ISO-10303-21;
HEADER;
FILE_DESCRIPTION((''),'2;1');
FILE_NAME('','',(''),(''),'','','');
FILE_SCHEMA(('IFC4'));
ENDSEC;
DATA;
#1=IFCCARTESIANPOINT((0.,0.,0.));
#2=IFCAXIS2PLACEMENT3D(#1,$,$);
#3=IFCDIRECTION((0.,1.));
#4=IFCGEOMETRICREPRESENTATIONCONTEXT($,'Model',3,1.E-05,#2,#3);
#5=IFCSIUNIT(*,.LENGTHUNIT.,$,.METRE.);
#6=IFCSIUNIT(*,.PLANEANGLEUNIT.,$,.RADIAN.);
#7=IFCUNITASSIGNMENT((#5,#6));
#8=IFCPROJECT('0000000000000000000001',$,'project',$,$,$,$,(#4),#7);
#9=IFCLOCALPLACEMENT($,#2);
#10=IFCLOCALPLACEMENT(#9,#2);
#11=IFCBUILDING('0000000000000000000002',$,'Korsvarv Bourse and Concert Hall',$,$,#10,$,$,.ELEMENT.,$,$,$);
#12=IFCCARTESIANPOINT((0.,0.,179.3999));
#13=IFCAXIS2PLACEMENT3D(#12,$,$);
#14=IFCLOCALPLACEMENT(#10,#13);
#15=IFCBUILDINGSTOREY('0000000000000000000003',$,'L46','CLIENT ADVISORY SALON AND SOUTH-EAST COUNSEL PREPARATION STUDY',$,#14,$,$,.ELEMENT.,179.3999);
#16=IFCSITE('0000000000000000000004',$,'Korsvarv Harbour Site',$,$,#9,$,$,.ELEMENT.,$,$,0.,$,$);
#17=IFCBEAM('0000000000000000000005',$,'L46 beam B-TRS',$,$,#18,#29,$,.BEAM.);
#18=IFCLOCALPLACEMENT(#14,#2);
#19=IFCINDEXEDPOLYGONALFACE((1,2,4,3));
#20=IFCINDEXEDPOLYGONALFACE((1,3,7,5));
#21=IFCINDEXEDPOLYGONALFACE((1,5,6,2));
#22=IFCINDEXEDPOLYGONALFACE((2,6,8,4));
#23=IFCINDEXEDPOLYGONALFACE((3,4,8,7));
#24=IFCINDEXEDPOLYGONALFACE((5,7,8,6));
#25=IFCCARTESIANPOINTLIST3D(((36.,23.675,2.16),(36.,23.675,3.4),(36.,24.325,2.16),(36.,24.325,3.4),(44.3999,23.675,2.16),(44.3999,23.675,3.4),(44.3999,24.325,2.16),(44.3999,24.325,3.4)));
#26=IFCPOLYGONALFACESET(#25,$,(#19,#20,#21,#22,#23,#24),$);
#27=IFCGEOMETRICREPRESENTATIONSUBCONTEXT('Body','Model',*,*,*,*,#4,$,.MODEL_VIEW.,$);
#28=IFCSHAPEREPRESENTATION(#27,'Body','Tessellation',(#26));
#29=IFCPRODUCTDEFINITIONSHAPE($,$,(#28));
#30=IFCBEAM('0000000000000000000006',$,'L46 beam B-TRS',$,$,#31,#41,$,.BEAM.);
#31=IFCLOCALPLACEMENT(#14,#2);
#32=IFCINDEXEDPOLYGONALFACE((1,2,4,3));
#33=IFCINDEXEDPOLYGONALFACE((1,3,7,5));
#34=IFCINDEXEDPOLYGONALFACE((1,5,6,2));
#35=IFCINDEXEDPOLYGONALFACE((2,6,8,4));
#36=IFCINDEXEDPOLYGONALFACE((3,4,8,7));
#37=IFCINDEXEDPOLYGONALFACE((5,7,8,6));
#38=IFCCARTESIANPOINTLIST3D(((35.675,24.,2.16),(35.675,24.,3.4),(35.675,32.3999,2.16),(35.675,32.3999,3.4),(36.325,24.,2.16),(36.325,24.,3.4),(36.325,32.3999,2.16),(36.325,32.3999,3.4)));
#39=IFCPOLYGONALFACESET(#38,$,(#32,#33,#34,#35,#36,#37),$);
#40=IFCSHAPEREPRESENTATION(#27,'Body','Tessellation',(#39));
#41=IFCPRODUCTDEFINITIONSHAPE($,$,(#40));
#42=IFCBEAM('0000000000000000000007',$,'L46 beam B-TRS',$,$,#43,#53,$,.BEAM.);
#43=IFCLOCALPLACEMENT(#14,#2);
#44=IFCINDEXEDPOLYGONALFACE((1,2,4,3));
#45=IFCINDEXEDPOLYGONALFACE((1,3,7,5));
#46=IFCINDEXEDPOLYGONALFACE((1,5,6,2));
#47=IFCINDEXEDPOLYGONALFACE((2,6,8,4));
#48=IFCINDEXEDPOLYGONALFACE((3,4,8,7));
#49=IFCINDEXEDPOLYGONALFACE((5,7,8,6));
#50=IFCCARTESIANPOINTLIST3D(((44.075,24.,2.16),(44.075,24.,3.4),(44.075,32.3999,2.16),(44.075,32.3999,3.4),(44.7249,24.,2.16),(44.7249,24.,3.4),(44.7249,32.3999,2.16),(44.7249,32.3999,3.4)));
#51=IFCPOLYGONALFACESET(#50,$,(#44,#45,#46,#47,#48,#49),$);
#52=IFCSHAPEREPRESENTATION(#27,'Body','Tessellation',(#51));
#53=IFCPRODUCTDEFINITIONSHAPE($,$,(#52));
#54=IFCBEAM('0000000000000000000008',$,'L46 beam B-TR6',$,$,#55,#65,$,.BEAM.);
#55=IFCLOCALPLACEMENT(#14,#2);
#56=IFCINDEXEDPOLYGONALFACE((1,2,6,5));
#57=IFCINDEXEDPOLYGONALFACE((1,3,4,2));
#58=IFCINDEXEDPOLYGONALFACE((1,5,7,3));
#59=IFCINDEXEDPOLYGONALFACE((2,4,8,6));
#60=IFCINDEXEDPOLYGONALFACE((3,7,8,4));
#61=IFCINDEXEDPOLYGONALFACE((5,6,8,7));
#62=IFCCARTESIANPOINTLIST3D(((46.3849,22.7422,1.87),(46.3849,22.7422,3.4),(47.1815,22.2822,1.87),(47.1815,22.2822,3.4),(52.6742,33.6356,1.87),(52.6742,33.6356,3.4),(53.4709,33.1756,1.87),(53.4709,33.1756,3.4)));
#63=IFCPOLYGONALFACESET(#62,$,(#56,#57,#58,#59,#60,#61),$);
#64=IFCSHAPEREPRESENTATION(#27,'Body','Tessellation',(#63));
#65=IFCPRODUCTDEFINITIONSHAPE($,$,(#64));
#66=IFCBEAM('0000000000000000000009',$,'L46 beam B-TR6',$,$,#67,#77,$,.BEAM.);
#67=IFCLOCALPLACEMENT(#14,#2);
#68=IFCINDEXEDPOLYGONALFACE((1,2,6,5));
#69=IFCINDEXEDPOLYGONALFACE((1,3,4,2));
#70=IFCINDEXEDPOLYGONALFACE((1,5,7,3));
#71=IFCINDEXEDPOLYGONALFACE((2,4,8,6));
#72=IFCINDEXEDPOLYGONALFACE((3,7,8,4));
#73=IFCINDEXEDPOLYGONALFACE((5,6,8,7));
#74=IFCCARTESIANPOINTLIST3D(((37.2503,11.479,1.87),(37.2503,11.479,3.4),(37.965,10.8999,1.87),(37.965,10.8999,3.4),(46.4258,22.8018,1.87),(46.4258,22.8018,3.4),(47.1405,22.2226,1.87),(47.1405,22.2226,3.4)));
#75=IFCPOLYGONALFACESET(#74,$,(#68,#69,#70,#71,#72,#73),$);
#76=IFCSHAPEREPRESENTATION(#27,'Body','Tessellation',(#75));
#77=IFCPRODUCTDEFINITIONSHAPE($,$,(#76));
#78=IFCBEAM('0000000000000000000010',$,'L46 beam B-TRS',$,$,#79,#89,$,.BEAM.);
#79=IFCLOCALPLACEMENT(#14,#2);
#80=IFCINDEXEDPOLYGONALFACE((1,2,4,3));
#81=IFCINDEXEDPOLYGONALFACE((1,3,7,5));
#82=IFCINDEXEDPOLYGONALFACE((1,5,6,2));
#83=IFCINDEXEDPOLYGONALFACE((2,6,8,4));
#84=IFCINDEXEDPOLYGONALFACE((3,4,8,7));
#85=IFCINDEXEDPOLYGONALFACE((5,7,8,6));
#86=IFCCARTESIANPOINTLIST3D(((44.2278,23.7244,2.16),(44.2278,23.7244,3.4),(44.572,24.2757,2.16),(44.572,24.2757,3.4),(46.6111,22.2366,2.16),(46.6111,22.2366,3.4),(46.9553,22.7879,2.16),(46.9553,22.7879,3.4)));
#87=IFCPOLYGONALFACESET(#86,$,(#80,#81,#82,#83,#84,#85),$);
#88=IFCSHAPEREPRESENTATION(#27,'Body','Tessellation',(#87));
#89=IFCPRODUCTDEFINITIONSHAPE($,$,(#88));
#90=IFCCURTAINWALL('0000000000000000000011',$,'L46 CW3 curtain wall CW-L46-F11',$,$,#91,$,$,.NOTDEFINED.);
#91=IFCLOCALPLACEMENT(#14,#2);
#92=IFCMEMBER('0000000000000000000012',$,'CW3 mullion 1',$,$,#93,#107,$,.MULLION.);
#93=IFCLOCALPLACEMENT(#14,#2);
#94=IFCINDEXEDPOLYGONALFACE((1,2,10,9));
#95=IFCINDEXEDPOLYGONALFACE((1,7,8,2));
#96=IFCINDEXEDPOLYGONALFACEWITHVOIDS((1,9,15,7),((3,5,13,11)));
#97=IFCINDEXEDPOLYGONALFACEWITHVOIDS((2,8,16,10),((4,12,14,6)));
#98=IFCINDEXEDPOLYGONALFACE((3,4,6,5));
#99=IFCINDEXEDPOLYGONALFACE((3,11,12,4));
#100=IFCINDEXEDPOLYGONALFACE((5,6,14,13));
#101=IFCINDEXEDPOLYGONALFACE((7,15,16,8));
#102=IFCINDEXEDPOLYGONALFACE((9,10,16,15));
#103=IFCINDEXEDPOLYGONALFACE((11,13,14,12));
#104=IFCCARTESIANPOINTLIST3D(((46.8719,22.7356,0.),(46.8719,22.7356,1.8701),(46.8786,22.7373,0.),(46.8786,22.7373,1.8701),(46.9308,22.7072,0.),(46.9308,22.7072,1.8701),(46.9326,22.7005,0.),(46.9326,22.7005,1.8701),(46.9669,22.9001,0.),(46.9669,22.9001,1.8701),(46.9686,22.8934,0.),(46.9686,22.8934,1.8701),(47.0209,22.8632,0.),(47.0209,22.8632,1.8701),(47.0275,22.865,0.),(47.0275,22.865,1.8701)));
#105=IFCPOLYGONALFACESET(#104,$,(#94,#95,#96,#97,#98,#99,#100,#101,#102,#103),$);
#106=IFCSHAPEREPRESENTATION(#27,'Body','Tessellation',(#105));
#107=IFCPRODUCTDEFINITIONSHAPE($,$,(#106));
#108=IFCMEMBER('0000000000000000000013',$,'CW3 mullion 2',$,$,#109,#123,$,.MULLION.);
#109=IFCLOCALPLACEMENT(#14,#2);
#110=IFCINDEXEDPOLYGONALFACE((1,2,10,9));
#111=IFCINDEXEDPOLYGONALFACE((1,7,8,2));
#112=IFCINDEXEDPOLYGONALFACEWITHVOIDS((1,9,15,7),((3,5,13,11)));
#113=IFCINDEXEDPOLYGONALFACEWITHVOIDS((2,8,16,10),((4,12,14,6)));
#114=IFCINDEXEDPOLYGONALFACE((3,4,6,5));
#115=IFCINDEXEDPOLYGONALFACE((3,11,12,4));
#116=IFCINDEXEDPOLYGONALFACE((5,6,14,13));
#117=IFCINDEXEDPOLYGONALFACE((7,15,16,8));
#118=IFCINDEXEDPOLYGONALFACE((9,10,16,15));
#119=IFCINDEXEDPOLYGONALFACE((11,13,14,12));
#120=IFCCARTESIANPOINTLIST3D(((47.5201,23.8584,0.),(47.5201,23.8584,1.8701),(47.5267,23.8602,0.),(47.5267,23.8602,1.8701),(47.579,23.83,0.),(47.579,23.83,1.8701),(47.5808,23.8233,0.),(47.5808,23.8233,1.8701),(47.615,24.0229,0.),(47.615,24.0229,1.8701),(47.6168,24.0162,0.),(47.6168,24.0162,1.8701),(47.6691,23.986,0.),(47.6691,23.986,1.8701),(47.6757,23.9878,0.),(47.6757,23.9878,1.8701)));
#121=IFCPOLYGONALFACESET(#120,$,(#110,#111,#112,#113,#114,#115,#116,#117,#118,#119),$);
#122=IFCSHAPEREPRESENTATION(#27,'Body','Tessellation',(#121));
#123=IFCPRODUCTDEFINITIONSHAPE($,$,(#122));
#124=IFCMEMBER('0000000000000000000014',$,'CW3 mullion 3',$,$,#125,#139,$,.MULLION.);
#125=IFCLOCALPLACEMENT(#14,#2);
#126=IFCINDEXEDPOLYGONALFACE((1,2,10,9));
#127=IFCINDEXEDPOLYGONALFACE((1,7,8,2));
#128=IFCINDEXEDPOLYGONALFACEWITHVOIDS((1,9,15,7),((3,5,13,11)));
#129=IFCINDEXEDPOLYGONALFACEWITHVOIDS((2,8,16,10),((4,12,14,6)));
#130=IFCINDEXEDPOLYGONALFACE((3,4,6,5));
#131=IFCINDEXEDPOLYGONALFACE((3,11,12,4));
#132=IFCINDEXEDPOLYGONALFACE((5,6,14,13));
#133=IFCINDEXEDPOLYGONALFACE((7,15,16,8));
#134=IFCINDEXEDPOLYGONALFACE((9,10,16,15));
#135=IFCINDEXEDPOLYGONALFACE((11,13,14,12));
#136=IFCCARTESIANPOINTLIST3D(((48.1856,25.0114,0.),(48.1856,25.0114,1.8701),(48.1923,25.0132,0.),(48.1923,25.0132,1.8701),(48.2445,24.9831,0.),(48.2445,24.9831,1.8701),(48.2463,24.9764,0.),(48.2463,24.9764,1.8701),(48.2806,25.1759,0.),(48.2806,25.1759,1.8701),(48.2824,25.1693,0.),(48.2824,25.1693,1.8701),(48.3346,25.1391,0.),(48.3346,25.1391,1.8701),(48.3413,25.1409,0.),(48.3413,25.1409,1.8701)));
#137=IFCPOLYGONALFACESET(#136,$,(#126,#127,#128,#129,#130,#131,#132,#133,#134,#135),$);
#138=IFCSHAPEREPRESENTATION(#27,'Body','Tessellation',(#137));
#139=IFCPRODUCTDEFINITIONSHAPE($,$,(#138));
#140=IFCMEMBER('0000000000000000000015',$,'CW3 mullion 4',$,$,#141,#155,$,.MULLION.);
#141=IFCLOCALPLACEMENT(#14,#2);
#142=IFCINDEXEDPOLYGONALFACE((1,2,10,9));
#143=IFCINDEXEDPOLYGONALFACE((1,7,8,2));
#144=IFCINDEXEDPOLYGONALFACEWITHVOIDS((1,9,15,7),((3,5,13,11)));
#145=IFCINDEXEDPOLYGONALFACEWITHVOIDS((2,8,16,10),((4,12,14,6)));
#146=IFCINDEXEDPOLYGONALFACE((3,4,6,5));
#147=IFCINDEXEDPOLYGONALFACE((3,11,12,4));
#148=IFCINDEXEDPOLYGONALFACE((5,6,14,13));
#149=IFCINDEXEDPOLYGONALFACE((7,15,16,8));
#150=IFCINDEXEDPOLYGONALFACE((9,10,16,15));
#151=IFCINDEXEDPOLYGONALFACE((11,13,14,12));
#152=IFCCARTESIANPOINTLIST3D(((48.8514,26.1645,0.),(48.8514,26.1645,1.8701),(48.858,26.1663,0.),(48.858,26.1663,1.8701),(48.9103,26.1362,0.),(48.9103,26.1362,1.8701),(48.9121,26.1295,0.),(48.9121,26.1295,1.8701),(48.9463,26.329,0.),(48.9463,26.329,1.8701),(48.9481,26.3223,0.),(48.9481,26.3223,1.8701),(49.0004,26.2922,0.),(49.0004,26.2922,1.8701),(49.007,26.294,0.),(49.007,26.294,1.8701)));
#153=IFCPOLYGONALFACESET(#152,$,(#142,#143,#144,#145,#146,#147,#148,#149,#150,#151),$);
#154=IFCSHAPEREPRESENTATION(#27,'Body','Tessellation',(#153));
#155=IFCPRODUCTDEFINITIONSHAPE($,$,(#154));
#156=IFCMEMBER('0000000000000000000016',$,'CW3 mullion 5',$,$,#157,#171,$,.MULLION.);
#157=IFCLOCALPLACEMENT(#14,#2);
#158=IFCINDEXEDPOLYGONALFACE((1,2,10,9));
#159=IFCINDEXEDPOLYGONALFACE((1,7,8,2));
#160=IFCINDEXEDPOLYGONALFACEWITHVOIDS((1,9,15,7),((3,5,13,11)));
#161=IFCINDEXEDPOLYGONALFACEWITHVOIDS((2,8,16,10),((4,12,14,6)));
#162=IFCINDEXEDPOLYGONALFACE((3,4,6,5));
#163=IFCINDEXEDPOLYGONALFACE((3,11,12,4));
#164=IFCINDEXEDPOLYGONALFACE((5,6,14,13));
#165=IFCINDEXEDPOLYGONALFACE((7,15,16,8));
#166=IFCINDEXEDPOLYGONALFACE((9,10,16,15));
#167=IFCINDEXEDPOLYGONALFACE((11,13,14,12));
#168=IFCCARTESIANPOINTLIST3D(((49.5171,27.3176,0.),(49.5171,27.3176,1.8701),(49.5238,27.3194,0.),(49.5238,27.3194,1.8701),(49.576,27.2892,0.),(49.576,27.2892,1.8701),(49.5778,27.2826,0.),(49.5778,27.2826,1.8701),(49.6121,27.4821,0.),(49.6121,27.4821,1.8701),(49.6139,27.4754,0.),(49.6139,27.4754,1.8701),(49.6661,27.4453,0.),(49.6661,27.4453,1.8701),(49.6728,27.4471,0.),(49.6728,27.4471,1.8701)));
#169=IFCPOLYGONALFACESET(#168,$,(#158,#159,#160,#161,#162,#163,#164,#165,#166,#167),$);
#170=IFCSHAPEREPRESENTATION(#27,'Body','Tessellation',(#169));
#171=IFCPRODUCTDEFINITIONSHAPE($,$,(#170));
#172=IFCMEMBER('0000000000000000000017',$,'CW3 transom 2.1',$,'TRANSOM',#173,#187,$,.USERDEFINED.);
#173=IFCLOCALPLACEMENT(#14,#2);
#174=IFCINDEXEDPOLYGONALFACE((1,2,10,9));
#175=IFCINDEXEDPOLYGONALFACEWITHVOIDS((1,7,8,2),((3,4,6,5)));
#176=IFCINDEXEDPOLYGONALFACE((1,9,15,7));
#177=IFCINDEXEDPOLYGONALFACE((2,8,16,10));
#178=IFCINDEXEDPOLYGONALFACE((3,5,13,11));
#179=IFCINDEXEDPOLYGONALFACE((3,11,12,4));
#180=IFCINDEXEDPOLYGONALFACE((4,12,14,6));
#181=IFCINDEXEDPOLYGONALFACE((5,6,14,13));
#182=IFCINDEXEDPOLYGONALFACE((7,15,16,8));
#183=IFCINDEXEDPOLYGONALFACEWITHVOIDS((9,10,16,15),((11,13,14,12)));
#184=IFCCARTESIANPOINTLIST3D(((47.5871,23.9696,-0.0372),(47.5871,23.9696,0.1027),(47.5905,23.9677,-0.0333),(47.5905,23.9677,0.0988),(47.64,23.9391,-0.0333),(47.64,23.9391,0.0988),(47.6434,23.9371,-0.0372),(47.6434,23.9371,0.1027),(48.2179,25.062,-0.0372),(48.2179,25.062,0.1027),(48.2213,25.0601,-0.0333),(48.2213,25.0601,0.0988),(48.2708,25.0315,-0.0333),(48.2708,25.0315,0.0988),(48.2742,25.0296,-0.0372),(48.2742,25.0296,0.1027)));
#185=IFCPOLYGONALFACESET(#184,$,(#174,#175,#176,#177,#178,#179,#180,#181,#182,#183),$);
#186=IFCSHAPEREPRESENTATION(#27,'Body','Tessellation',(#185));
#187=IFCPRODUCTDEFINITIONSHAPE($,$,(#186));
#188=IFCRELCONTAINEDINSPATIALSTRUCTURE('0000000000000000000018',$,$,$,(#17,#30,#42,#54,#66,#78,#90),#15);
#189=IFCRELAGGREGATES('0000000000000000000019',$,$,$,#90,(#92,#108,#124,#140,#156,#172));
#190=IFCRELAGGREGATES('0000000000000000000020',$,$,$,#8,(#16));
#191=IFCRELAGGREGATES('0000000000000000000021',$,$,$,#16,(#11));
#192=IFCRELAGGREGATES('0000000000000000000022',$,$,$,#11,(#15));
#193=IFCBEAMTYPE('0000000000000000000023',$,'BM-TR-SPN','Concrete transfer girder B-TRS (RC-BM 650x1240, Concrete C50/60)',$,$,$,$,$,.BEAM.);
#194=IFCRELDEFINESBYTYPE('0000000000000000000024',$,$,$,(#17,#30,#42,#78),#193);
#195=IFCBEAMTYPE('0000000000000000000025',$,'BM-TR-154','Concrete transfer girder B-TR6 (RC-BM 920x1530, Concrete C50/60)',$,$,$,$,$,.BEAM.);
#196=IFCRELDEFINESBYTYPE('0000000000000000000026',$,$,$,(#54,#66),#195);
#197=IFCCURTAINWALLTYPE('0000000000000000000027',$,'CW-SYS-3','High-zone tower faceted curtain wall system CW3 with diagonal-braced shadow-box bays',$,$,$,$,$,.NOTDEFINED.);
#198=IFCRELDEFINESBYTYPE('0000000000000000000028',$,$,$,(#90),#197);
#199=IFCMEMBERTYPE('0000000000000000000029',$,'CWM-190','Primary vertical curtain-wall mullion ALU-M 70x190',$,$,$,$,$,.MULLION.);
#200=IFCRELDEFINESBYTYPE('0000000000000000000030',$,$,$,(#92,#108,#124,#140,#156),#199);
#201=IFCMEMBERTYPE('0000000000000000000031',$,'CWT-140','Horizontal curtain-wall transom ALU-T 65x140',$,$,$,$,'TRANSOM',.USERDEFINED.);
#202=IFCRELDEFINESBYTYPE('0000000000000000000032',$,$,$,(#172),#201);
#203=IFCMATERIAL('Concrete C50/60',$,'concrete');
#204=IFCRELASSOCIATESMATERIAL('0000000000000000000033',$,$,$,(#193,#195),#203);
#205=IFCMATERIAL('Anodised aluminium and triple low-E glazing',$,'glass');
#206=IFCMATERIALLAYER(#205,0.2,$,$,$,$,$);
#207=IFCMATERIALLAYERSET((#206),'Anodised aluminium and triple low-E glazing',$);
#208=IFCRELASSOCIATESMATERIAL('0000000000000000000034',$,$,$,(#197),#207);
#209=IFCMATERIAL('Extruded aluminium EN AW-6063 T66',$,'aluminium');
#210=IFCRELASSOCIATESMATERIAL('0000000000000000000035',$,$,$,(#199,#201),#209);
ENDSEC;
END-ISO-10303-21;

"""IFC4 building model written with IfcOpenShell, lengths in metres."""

from ifc_helpers import new_model, si_unit, direction, frame, origin, origin_2d, place, context, subcontext, project, spatial, rectangle, hollow_rectangle, extrude, source, transform, mapped, material, layer, layer_set, material_profile, profile_set, type_object, element, aggregate, save


model = new_model("IFC4")

# Units and contexts
model_context = context("Model", 3, precision=1e-05, world=origin(), true_north=direction((0.0, 1.0)))
body_context = subcontext(model_context, "Body", "Model", "MODEL_VIEW")
ifc_project = project(units=[si_unit("LENGTHUNIT", "METRE"), si_unit("PLANEANGLEUNIT", "RADIAN")], contexts=[model_context])

# Site, building, storey
site_placement = place(None, origin())
site = spatial("IfcSite", under=ifc_project, at=site_placement, Name="Korsvarv Harbour Site", CompositionType="ELEMENT", RefElevation=0.0)
building_placement = place(site_placement, origin())
building = spatial("IfcBuilding", under=site, at=building_placement, Name="Korsvarv Bourse and Concert Hall", CompositionType="ELEMENT")
storey_placement = place(building_placement, frame((0.0, 0.0, 179.3999)))
storey = spatial("IfcBuildingStorey", under=building, at=storey_placement, Name="L46", Description="CLIENT ADVISORY SALON AND SOUTH-EAST COUNSEL PREPARATION STUDY", CompositionType="ELEMENT", Elevation=179.3999)

# Beams
ifc_material_1 = material(Name="Concrete C50/60", Category="concrete")
ifc_material_profile_1 = material_profile(ifc_material_1, rectangle(XDim=0.6499, YDim=1.24, at=origin_2d()), Name="RC-BM 650x1240")
ifc_profile_set_1 = profile_set([ifc_material_profile_1], Name="Concrete C50/60")
beam_type_1 = type_object("IfcBeamType", Name="BM-TR-SPN", Description="Concrete transfer girder B-TRS (RC-BM 650x1240, Concrete C50/60)", PredefinedType="BEAM", material=ifc_profile_set_1)
shared_shape_1 = source(origin(), body_context, "Body", "SweptSolid", [
    extrude(rectangle(XDim=0.6499, YDim=1.24, at=origin_2d()), origin(), (0.0, 0.0, 1.0), 8.3999),
])
for number, where, z_axis, x_axis, name in (
    (1, (36.0, 24.0, 2.78), (1.0, 0.0, 0.0), (0.0, 1.0, 0.0), "L46 beam B-TRS"),
    (2, (36.0, 24.0, 2.78), (0.0, 1.0, 0.0), (-1.0, 0.0, 0.0), "L46 beam B-TRS"),
    (3, (44.3999, 24.0, 2.78), (0.0, 1.0, 0.0), (-1.0, 0.0, 0.0), "L46 beam B-TRS"),
):
    element("IfcBeam", number, at=place(storey_placement, frame(where, z_axis=z_axis, x_axis=x_axis)), inside=storey, type_object=beam_type_1, Name=name, PredefinedType="BEAM", context=body_context, shape_type="MappedRepresentation", body=[
        mapped(shared_shape_1, transform((0.0, 0.0, 0.0), scale=1.0)),
    ])
ifc_material_profile_2 = material_profile(ifc_material_1, rectangle(XDim=0.9199, YDim=1.53, at=origin_2d()), Name="RC-BM 920x1530")
ifc_profile_set_2 = profile_set([ifc_material_profile_2], Name="Concrete C50/60")
beam_type_2 = type_object("IfcBeamType", Name="BM-TR-154", Description="Concrete transfer girder B-TR6 (RC-BM 920x1530, Concrete C50/60)", PredefinedType="BEAM", material=ifc_profile_set_2)
shared_shape_2 = source(origin(), body_context, "Body", "SweptSolid", [
    extrude(rectangle(XDim=0.9199, YDim=1.53, at=origin_2d()), origin(), (0.0, 0.0, 1.0), 12.5786),
])
beam_1_placement = place(storey_placement, frame((46.7832, 22.5122, 2.635), z_axis=(0.500003, 0.866024, 0.0), x_axis=(-0.866024, 0.500003, 0.0)))
element("IfcBeam", 4, at=beam_1_placement, inside=storey, type_object=beam_type_2, Name="L46 beam B-TR6", PredefinedType="BEAM", context=body_context, shape_type="MappedRepresentation", body=[
    mapped(shared_shape_2, transform((0.0, 0.0, 0.0), scale=1.0)),
])
shared_shape_3 = source(origin(), body_context, "Body", "SweptSolid", [
    extrude(rectangle(XDim=0.9199, YDim=1.53, at=origin_2d()), origin(), (0.0, 0.0, 1.0), 14.5737),
])
beam_2_placement = place(storey_placement, frame((37.6077, 11.1895, 2.635), z_axis=(0.629592, 0.776926, 0.0), x_axis=(-0.776926, 0.629592, 0.0)))
element("IfcBeam", 5, at=beam_2_placement, inside=storey, type_object=beam_type_2, Name="L46 beam B-TR6", PredefinedType="BEAM", context=body_context, shape_type="MappedRepresentation", body=[
    mapped(shared_shape_3, transform((0.0, 0.0, 0.0), scale=1.0)),
])
shared_shape_4 = source(origin(), body_context, "Body", "SweptSolid", [
    extrude(rectangle(XDim=0.6499, YDim=1.24, at=origin_2d()), origin(), (0.0, 0.0, 1.0), 2.8096),
])
beam_3_placement = place(storey_placement, frame((46.7832, 22.5122, 2.78), z_axis=(-0.848281, 0.529546, 0.0), x_axis=(-0.529546, -0.848281, 0.0)))
element("IfcBeam", 6, at=beam_3_placement, inside=storey, type_object=beam_type_1, Name="L46 beam B-TRS", PredefinedType="BEAM", context=body_context, shape_type="MappedRepresentation", body=[
    mapped(shared_shape_4, transform((0.0, 0.0, 0.0), scale=1.0)),
])

# Curtain wall, members
ifc_material_2 = material(Name="Anodised aluminium and triple low-E glazing", Category="glass")
ifc_layer_1 = layer(ifc_material_2, 0.2)
ifc_layer_set_1 = layer_set([ifc_layer_1], Name="Anodised aluminium and triple low-E glazing")
curtain_wall_type = type_object("IfcCurtainWallType", Name="CW-SYS-3", Description="High-zone tower faceted curtain wall system CW3 with diagonal-braced shadow-box bays", PredefinedType="NOTDEFINED", material=ifc_layer_set_1)
curtain_wall_placement = place(storey_placement, origin())
curtain_wall = element("IfcCurtainWall", 7, at=curtain_wall_placement, inside=storey, type_object=curtain_wall_type, Name="L46 CW3 curtain wall CW-L46-F11", PredefinedType="NOTDEFINED")
ifc_material_3 = material(Name="Extruded aluminium EN AW-6063 T66", Category="aluminium")
ifc_material_profile_3 = material_profile(ifc_material_3, hollow_rectangle(XDim=0.0701, YDim=0.1899, WallThickness=0.0049, at=origin_2d()), Name="ALU-M 70x190")
ifc_profile_set_3 = profile_set([ifc_material_profile_3], Name="Extruded aluminium EN AW-6063 T66")
member_type_1 = type_object("IfcMemberType", Name="CWM-190", Description="Primary vertical curtain-wall mullion ALU-M 70x190", PredefinedType="MULLION", material=ifc_profile_set_3)
shared_shape_5 = source(origin(), body_context, "Body", "SweptSolid", [
    extrude(hollow_rectangle(XDim=0.0701, YDim=0.1899, WallThickness=0.0049, at=origin_2d()), origin(), (0.0, 0.0, 1.0), 1.8701),
])
member_1_placement = place(storey_placement, frame((46.9497, 22.8003, 0.0), z_axis=(0.0, 0.0, 1.0), x_axis=(-0.866029, 0.499994, 0.0)))
member_1 = element("IfcMember", 8, at=member_1_placement, type_object=member_type_1, Name="CW3 mullion 1", PredefinedType="MULLION", context=body_context, shape_type="MappedRepresentation", body=[
    mapped(shared_shape_5, transform((0.0, 0.0, 0.0), scale=1.0)),
])
member_2_placement = place(storey_placement, frame((47.5979, 23.9231, 0.0), z_axis=(0.0, 0.0, 1.0), x_axis=(-0.866029, 0.499994, 0.0)))
member_2 = element("IfcMember", 9, at=member_2_placement, type_object=member_type_1, Name="CW3 mullion 2", PredefinedType="MULLION", context=body_context, shape_type="MappedRepresentation", body=[
    mapped(shared_shape_5, transform((0.0, 0.0, 0.0), scale=1.0)),
])
member_3_placement = place(storey_placement, frame((48.2634, 25.0762, 0.0), z_axis=(0.0, 0.0, 1.0), x_axis=(-0.866029, 0.499994, 0.0)))
member_3 = element("IfcMember", 10, at=member_3_placement, type_object=member_type_1, Name="CW3 mullion 3", PredefinedType="MULLION", context=body_context, shape_type="MappedRepresentation", body=[
    mapped(shared_shape_5, transform((0.0, 0.0, 0.0), scale=1.0)),
])
member_4_placement = place(storey_placement, frame((48.9292, 26.2292, 0.0), z_axis=(0.0, 0.0, 1.0), x_axis=(-0.866029, 0.499994, 0.0)))
member_4 = element("IfcMember", 11, at=member_4_placement, type_object=member_type_1, Name="CW3 mullion 4", PredefinedType="MULLION", context=body_context, shape_type="MappedRepresentation", body=[
    mapped(shared_shape_5, transform((0.0, 0.0, 0.0), scale=1.0)),
])
member_5_placement = place(storey_placement, frame((49.595, 27.3823, 0.0), z_axis=(0.0, 0.0, 1.0), x_axis=(-0.866029, 0.499994, 0.0)))
member_5 = element("IfcMember", 12, at=member_5_placement, type_object=member_type_1, Name="CW3 mullion 5", PredefinedType="MULLION", context=body_context, shape_type="MappedRepresentation", body=[
    mapped(shared_shape_5, transform((0.0, 0.0, 0.0), scale=1.0)),
])
ifc_material_profile_4 = material_profile(ifc_material_3, hollow_rectangle(XDim=0.0649, YDim=0.1399, WallThickness=0.0039, at=origin_2d()), Name="ALU-T 65x140")
ifc_profile_set_4 = profile_set([ifc_material_profile_4], Name="Extruded aluminium EN AW-6063 T66")
member_type_2 = type_object("IfcMemberType", Name="CWT-140", Description="Horizontal curtain-wall transom ALU-T 65x140", ElementType="TRANSOM", PredefinedType="USERDEFINED", material=ifc_profile_set_4)
shared_shape_6 = source(origin(), body_context, "Body", "SweptSolid", [
    extrude(hollow_rectangle(XDim=0.0649, YDim=0.1399, WallThickness=0.0039, at=origin_2d()), origin(), (0.0, 0.0, 1.0), 1.2615),
])
member_6_placement = place(storey_placement, frame((47.6152, 23.9534, 0.0327), z_axis=(0.500052, 0.865995, 0.0), x_axis=(-0.865995, 0.500052, 0.0)))
member_6 = element("IfcMember", 13, at=member_6_placement, type_object=member_type_2, Name="CW3 transom 2.1", ObjectType="TRANSOM", PredefinedType="USERDEFINED", context=body_context, shape_type="MappedRepresentation", body=[
    mapped(shared_shape_6, transform((0.0, 0.0, 0.0), scale=1.0)),
])
aggregate(curtain_wall, [member_1, member_2, member_3, member_4, member_5, member_6])

save(model, "model.ifc")
